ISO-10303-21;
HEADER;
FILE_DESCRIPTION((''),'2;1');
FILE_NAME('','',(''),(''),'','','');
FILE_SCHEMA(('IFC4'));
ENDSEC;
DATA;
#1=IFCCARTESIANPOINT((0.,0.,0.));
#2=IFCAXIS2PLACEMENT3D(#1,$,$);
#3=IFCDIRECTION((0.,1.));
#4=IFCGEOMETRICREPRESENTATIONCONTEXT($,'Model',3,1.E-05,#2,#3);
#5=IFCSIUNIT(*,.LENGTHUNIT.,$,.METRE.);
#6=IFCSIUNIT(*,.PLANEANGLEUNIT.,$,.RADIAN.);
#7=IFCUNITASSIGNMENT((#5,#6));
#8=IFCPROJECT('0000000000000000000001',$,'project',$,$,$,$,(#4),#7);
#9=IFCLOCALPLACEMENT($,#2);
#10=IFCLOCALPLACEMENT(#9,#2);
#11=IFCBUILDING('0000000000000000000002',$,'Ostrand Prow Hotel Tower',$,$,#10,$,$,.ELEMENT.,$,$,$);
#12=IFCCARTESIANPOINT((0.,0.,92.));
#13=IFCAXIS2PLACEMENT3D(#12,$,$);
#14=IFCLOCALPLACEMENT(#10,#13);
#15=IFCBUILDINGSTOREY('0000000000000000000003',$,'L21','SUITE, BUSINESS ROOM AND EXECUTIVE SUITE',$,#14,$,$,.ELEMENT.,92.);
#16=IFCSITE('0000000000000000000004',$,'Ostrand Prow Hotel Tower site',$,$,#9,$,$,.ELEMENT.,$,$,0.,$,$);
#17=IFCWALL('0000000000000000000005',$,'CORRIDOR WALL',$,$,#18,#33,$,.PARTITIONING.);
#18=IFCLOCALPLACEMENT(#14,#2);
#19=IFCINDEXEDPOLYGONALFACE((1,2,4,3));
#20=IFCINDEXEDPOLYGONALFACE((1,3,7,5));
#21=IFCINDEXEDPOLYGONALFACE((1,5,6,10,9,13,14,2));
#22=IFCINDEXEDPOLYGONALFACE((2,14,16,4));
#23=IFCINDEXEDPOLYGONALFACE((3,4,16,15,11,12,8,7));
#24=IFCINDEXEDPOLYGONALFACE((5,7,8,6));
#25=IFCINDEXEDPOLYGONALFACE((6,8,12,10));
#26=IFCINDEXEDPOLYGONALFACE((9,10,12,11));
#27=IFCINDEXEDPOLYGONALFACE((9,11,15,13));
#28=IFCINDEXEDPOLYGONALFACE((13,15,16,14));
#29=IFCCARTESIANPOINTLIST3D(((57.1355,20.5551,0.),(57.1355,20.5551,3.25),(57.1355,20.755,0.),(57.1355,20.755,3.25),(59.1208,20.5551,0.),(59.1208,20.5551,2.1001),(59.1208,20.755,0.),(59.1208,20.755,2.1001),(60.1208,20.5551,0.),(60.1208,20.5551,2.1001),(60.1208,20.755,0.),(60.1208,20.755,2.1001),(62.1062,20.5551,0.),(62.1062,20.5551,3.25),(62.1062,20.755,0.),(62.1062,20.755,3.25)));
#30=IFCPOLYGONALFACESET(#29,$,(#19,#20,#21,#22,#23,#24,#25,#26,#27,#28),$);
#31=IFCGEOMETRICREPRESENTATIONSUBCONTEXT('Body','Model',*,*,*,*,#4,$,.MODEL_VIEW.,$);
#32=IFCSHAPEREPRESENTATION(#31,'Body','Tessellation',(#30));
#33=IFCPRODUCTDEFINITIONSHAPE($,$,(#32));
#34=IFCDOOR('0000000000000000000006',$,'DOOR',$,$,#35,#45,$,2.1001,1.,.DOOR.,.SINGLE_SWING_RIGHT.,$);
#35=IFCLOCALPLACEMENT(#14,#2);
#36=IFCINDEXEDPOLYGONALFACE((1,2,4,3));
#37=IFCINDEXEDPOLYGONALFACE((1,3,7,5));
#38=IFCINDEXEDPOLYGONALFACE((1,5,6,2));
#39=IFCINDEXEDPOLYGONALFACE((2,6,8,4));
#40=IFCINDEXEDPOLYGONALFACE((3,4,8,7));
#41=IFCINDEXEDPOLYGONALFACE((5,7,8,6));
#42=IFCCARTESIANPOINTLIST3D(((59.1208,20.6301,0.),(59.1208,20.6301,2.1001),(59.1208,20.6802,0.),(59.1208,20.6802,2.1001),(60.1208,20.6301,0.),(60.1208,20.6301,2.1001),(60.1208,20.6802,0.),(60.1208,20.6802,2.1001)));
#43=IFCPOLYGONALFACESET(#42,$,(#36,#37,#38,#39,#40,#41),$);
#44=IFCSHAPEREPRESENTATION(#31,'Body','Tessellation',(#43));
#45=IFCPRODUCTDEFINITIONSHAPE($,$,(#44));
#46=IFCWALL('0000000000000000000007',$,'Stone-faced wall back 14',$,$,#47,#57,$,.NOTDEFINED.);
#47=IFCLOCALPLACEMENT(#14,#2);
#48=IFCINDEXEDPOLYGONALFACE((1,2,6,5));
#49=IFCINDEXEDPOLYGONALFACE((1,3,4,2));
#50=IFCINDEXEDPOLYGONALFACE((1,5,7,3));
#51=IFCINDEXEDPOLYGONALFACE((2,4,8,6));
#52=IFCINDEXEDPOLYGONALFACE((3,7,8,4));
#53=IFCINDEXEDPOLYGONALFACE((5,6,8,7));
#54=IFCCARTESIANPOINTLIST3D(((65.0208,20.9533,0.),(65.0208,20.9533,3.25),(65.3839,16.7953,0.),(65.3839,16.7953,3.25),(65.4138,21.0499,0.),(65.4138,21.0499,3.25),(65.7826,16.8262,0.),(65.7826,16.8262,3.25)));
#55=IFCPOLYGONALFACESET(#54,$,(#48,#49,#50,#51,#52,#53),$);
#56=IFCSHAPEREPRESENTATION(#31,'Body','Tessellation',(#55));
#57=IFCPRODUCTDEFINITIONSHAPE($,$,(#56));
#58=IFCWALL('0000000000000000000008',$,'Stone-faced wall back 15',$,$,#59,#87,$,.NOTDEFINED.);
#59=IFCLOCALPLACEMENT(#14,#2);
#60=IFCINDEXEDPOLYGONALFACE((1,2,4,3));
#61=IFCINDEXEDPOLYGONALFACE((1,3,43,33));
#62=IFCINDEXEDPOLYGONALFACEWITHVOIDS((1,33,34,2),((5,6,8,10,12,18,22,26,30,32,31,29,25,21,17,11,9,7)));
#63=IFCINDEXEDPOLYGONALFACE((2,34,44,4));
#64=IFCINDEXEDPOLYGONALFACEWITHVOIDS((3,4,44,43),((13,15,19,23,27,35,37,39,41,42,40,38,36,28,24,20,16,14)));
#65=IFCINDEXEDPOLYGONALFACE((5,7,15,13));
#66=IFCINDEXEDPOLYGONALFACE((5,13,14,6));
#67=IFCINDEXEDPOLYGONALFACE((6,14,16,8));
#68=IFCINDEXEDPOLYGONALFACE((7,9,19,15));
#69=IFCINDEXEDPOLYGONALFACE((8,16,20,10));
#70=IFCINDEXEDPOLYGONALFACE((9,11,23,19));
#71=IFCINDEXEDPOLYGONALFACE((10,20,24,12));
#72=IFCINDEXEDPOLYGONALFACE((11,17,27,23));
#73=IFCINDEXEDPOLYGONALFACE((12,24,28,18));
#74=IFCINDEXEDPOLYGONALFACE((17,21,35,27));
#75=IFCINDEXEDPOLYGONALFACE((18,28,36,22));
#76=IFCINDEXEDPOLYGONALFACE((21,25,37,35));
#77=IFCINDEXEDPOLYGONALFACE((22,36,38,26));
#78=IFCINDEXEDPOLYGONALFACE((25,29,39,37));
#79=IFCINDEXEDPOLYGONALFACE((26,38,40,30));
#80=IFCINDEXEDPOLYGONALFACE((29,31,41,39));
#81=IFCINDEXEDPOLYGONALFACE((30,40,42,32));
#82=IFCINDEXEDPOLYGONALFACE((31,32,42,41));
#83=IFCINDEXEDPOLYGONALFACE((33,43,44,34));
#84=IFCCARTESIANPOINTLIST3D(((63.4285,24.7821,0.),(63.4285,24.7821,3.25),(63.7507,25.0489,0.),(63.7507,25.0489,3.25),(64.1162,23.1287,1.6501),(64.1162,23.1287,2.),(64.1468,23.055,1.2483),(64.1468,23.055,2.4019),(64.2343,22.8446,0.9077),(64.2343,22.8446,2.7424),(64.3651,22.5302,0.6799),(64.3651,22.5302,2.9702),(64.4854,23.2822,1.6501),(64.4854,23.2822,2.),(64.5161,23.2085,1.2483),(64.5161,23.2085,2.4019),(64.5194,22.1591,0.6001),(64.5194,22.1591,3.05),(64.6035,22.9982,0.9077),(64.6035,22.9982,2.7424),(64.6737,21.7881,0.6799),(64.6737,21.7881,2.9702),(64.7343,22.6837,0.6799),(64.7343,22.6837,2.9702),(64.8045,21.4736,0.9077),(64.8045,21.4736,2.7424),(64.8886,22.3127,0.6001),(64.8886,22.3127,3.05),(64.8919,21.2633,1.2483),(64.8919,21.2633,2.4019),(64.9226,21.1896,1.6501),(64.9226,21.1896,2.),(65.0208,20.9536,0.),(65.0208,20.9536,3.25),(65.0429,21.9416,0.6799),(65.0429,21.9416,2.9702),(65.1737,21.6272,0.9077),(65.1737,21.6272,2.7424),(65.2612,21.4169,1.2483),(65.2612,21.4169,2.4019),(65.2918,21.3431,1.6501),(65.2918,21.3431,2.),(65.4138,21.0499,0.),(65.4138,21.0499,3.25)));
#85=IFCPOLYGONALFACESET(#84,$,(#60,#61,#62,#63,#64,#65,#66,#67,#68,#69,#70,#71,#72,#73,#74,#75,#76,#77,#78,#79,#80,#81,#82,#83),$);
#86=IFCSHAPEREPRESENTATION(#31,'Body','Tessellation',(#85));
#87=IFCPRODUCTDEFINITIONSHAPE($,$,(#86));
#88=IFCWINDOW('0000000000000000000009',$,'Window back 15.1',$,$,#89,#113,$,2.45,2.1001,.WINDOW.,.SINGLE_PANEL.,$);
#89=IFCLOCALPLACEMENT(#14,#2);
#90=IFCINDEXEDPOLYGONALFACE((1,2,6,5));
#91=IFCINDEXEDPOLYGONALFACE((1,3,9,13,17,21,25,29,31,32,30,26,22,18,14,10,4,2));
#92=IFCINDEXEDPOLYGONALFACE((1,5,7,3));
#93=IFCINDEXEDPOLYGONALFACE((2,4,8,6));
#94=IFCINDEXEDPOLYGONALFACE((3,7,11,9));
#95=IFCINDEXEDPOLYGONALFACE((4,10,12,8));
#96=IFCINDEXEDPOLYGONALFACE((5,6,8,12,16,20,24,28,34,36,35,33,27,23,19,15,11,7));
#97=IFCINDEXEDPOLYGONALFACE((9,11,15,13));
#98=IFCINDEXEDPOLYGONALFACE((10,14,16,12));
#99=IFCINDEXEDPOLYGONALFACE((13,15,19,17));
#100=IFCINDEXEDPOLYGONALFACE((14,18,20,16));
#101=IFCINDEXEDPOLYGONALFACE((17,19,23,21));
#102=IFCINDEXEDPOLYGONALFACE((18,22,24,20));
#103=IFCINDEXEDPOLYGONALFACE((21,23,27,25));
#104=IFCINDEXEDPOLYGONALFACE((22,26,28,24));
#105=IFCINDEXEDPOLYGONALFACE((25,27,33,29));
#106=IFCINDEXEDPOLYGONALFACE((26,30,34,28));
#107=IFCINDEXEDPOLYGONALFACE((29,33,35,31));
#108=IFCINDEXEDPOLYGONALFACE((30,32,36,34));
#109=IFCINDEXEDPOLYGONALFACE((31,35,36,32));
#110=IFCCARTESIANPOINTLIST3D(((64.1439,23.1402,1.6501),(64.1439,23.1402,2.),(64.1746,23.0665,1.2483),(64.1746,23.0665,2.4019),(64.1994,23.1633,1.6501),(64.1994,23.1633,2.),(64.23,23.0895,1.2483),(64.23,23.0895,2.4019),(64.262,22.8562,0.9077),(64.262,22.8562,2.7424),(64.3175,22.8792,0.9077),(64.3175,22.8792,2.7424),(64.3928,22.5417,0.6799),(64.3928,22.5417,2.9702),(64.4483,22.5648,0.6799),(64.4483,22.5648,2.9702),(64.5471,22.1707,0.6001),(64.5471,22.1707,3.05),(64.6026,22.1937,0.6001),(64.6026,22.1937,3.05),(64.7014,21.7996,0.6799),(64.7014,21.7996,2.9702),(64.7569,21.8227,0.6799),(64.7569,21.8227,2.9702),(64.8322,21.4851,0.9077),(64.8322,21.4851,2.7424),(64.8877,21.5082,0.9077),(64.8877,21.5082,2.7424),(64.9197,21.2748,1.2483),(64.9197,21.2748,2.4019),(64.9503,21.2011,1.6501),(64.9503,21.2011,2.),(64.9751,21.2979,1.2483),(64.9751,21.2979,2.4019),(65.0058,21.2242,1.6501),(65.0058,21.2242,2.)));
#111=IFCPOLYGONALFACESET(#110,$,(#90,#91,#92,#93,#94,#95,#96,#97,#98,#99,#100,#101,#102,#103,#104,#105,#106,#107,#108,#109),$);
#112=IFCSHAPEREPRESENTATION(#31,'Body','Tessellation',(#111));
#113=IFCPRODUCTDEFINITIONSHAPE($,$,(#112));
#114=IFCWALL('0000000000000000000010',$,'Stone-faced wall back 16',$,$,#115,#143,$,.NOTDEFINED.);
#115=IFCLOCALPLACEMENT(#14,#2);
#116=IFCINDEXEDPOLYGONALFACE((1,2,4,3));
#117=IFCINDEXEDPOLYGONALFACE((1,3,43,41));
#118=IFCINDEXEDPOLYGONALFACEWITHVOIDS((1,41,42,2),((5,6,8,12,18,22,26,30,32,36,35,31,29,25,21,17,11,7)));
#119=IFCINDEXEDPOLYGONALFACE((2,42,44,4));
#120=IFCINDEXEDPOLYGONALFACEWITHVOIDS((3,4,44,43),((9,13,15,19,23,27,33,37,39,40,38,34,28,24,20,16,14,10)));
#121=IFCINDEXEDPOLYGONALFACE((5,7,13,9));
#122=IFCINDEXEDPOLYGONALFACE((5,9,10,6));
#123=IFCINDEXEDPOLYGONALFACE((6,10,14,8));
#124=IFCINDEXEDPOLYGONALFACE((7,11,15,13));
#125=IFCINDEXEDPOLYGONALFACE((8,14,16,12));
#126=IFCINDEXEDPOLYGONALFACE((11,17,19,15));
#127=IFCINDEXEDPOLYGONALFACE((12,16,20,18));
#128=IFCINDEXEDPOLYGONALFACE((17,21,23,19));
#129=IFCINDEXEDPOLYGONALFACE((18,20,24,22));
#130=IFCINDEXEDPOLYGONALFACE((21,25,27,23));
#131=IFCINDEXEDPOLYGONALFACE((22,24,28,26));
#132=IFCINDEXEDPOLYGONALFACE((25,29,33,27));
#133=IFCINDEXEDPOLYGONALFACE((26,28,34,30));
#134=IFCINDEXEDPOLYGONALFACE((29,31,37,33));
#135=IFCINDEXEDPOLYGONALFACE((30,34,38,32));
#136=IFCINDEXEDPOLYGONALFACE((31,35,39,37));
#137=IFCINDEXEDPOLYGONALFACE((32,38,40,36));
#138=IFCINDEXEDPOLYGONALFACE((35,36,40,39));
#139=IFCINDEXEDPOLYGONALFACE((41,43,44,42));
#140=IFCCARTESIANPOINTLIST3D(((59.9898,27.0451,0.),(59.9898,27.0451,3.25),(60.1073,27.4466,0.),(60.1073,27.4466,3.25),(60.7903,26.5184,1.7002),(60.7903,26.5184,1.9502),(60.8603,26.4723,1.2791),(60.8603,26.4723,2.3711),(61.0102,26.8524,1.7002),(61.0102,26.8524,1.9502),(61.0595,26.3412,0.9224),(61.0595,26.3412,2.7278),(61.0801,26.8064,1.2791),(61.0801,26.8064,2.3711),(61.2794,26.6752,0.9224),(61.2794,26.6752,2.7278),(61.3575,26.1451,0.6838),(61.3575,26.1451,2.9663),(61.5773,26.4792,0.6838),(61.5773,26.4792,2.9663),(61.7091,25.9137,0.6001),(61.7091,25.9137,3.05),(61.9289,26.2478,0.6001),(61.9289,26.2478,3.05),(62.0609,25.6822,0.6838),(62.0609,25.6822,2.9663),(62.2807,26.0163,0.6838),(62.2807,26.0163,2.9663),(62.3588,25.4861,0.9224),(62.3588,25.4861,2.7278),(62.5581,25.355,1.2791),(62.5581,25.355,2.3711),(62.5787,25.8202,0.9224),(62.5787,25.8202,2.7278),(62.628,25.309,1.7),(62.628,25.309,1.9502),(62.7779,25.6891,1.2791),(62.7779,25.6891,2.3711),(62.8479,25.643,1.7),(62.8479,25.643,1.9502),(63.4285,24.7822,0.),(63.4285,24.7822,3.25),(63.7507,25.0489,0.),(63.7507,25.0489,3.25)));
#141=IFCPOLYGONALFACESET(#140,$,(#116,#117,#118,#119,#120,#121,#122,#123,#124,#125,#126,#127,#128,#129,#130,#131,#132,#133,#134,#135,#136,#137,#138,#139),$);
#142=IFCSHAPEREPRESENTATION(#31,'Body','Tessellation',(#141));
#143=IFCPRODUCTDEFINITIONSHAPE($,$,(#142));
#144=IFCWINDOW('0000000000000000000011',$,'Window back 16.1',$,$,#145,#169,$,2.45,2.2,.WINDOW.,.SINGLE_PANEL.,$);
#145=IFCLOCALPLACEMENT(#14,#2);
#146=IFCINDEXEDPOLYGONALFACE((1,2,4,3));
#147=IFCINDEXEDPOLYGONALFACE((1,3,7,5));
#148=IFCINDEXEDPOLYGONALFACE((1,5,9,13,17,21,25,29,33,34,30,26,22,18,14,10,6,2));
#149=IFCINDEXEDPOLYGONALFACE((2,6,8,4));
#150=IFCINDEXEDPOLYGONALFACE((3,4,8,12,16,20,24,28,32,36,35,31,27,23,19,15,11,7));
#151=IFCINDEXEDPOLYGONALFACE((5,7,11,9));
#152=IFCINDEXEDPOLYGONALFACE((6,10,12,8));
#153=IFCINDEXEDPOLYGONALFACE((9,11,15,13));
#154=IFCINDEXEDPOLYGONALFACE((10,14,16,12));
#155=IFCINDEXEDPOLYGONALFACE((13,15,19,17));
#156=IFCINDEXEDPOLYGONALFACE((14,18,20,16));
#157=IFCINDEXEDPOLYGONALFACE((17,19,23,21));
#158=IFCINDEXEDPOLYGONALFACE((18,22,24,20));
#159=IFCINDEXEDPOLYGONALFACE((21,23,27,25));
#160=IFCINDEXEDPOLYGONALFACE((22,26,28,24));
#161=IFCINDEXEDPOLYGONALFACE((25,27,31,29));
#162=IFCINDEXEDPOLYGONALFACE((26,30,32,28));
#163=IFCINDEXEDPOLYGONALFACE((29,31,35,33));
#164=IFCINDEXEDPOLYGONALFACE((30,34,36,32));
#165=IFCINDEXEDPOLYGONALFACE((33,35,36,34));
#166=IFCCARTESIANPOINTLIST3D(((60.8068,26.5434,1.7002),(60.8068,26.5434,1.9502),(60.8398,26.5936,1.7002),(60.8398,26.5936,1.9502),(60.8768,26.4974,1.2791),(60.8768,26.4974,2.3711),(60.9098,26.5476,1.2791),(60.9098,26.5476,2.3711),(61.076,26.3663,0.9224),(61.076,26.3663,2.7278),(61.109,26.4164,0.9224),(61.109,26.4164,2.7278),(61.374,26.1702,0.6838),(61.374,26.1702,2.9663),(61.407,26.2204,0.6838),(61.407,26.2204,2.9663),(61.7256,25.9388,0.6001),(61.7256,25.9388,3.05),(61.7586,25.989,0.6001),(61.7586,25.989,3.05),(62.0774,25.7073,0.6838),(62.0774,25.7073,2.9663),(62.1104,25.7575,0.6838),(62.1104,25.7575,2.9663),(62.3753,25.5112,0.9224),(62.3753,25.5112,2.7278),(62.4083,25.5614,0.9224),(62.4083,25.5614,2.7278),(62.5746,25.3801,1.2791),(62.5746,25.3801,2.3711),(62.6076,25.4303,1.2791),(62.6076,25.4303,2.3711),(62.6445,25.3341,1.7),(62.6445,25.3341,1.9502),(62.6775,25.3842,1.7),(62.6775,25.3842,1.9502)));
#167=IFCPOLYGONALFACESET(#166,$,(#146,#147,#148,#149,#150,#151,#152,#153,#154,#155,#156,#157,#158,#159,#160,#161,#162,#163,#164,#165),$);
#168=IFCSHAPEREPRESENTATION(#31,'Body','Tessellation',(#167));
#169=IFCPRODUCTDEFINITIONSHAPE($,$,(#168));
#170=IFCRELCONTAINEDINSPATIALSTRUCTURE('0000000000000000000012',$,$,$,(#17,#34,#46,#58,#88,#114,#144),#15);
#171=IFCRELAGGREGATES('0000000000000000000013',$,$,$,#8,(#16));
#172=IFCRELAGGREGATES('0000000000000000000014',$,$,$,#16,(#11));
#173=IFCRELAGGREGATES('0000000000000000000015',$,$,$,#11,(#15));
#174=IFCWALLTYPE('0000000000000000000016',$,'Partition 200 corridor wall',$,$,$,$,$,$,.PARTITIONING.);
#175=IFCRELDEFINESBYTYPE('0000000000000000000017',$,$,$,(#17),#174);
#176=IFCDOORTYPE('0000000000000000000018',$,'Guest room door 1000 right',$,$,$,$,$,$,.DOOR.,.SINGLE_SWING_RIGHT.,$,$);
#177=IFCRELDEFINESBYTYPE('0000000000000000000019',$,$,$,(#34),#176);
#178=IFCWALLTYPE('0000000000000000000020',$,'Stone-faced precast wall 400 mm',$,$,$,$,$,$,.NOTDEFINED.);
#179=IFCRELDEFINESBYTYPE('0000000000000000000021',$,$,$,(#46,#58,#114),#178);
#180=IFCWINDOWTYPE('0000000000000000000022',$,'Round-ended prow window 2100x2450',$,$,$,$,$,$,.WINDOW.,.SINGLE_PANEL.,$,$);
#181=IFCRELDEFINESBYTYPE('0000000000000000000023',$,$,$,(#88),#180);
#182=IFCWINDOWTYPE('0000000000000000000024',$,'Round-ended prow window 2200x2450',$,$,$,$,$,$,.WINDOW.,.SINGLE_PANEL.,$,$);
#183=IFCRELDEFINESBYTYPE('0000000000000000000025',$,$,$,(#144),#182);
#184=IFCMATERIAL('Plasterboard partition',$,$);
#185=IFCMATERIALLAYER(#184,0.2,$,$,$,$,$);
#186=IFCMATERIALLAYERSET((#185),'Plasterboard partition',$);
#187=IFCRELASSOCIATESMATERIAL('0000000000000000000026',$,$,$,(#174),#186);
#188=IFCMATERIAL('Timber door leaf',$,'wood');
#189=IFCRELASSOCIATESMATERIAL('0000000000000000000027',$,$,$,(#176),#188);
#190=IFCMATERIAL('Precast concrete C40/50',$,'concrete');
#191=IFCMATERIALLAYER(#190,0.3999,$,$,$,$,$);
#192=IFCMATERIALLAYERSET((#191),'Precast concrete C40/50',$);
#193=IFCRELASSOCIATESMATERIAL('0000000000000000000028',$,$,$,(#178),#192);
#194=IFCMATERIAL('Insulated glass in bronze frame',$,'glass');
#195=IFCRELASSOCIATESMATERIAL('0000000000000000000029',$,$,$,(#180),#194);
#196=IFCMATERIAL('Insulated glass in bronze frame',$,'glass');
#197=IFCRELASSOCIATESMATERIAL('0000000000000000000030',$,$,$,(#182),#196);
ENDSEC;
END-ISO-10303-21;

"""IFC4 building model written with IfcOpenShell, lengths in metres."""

from ifc_helpers import new_model, si_unit, direction, frame, frame_2d, origin, place, context, subcontext, project, spatial, polyline, rectangle, outline, extrude, material, layer, layer_set, type_object, element, fill, save


model = new_model("IFC4")

# Units and contexts
model_context = context("Model", 3, precision=1e-05, world=origin(), true_north=direction((0.0, 1.0)))
body_context = subcontext(model_context, "Body", "Model", "MODEL_VIEW")
ifc_project = project(units=[si_unit("LENGTHUNIT", "METRE"), si_unit("PLANEANGLEUNIT", "RADIAN")], contexts=[model_context])

# Site, building, storey
site_placement = place(None, origin())
site = spatial("IfcSite", under=ifc_project, at=site_placement, Name="Ostrand Prow Hotel Tower site", CompositionType="ELEMENT", RefElevation=0.0)
building_placement = place(site_placement, origin())
building = spatial("IfcBuilding", under=site, at=building_placement, Name="Ostrand Prow Hotel Tower", CompositionType="ELEMENT")
storey_placement = place(building_placement, frame((0.0, 0.0, 92.0)))
storey = spatial("IfcBuildingStorey", under=building, at=storey_placement, Name="L21", Description="SUITE, BUSINESS ROOM AND EXECUTIVE SUITE", CompositionType="ELEMENT", Elevation=92.0)

# Wall, opening, door
ifc_material_1 = material(Name="Plasterboard partition")
ifc_layer_1 = layer(ifc_material_1, 0.2)
ifc_layer_set_1 = layer_set([ifc_layer_1], Name="Plasterboard partition")
wall_type_1 = type_object("IfcWallType", Name="Partition 200 corridor wall", PredefinedType="PARTITIONING", material=ifc_layer_set_1)
wall_1_placement = place(storey_placement, frame((62.1062, 20.655, 0.0), z_axis=(0.0, 0.0, 1.0), x_axis=(-1.0, 0.0, 0.0)))
wall_1 = element("IfcWall", 1, at=wall_1_placement, inside=storey, type_object=wall_type_1, Name="CORRIDOR WALL", PredefinedType="PARTITIONING", context=body_context, shape_type="SweptSolid", body=[
    extrude(rectangle(XDim=4.9707, YDim=0.2, at=frame_2d((2.4854, 0.0))), origin(), (0.0, 0.0, 1.0), 3.25),
])
opening_1_placement = place(wall_1_placement, frame((1.9854, 0.0, 0.0)))
opening_1 = element("IfcOpeningElement", 2, at=opening_1_placement, cuts=wall_1, PredefinedType="OPENING", context=body_context, shape_type="SweptSolid", body=[
    extrude(rectangle(XDim=1.0, YDim=2.1001, at=frame_2d((0.5, 1.05))), frame((0.0, 0.1099, 0.0), z_axis=(0.0, -1.0, 0.0), x_axis=(1.0, 0.0, 0.0)), (0.0, 0.0, 1.0), 0.22),
])
ifc_material_2 = material(Name="Timber door leaf", Category="wood")
door_type_1 = type_object("IfcDoorType", Name="Guest room door 1000 right", OperationType="SINGLE_SWING_RIGHT", PredefinedType="DOOR", material=ifc_material_2)
door_1_placement = place(opening_1_placement, origin())
door_1 = element("IfcDoor", 3, at=door_1_placement, inside=storey, type_object=door_type_1, Name="DOOR", OperationType="SINGLE_SWING_RIGHT", OverallHeight=2.1001, OverallWidth=1.0, PredefinedType="DOOR", context=body_context, shape_type="SweptSolid", body=[
    extrude(rectangle(XDim=1.0, YDim=2.1001, at=frame_2d((0.5, 1.05))), frame((0.0, 0.0249, 0.0), z_axis=(0.0, -1.0, 0.0), x_axis=(1.0, 0.0, 0.0)), (0.0, 0.0, 1.0), 0.05),
])
fill(opening_1, door_1)

# Wall
ifc_material_3 = material(Name="Precast concrete C40/50", Category="concrete")
ifc_layer_2 = layer(ifc_material_3, 0.3999)
ifc_layer_set_2 = layer_set([ifc_layer_2], Name="Precast concrete C40/50")
wall_type_2 = type_object("IfcWallType", Name="Stone-faced precast wall 400 mm", PredefinedType="NOTDEFINED", material=ifc_layer_set_2)
wall_2_placement = place(storey_placement, frame((65.5833, 16.8108, 0.0), z_axis=(0.0, 0.0, 1.0), x_axis=(-0.086993, 0.996209, 0.0)))
element("IfcWall", 4, at=wall_2_placement, inside=storey, type_object=wall_type_2, Name="Stone-faced wall back 14", PredefinedType="NOTDEFINED", context=body_context, shape_type="SweptSolid", body=[
    extrude(outline(polyline([(-0.002, -0.2), (4.2378, -0.2), (4.1758, 0.2), (0.002, 0.2), (-0.002, -0.2)])), origin(), (0.0, 0.0, 1.0), 3.25),
])

# Walls, openings, windows
wall_3_placement = place(storey_placement, frame((65.2173, 21.0017, 0.0), z_axis=(0.0, 0.0, 1.0), x_axis=(-0.383998, 0.923334, 0.0)))
wall_3 = element("IfcWall", 5, at=wall_3_placement, inside=storey, type_object=wall_type_2, Name="Stone-faced wall back 15", PredefinedType="NOTDEFINED", context=body_context, shape_type="SweptSolid", body=[
    extrude(outline(polyline([(-0.031, -0.2), (4.3, -0.2), (4.1775, 0.2), (0.031, 0.2), (-0.031, -0.2)])), origin(), (0.0, 0.0, 1.0), 3.25),
])
opening_2_placement = place(wall_3_placement, frame((0.2866, 0.0, 0.6001)))
opening_2 = element("IfcOpeningElement", 6, at=opening_2_placement, cuts=wall_3, PredefinedType="OPENING", context=body_context, shape_type="SweptSolid", body=[
    extrude(outline(polyline([(0.0, 1.3999), (0.0798, 1.8018), (0.3076, 2.1423), (0.6482, 2.3701), (1.05, 2.45), (1.4519, 2.3701), (1.7925, 2.1423), (2.0203, 1.8018), (2.1001, 1.3999), (2.1001, 1.05), (2.0203, 0.6482), (1.7925, 0.3076), (1.4519, 0.0798), (1.05, 0.0), (0.6482, 0.0798), (0.3076, 0.3076), (0.0798, 0.6482), (0.0, 1.05), (0.0, 1.3999)])), frame((0.0, 0.21, 0.0), z_axis=(0.0, -1.0, 0.0), x_axis=(1.0, 0.0, 0.0)), (0.0, 0.0, 1.0), 0.4199),
])
ifc_material_4 = material(Name="Insulated glass in bronze frame", Category="glass")
window_type_1 = type_object("IfcWindowType", Name="Round-ended prow window 2100x2450", PartitioningType="SINGLE_PANEL", PredefinedType="WINDOW", material=ifc_material_4)
window_1_placement = place(opening_2_placement, origin())
window_1 = element("IfcWindow", 7, at=window_1_placement, inside=storey, type_object=window_type_1, Name="Window back 15.1", OverallHeight=2.45, OverallWidth=2.1001, PartitioningType="SINGLE_PANEL", PredefinedType="WINDOW", context=body_context, shape_type="SweptSolid", body=[
    extrude(outline(polyline([(0.0, 1.3999), (0.0798, 1.8018), (0.3076, 2.1423), (0.6482, 2.3701), (1.05, 2.45), (1.4519, 2.3701), (1.7925, 2.1423), (2.0203, 1.8018), (2.1001, 1.3999), (2.1001, 1.05), (2.0203, 0.6482), (1.7925, 0.3076), (1.4519, 0.0798), (1.05, 0.0), (0.6482, 0.0798), (0.3076, 0.3076), (0.0798, 0.6482), (0.0, 1.05), (0.0, 1.3999)])), frame((0.0, 0.1699, 0.0), z_axis=(0.0, -1.0, 0.0), x_axis=(1.0, 0.0, 0.0)), (0.0, 0.0, 1.0), 0.0601),
])
fill(opening_2, window_1)
wall_4_placement = place(storey_placement, frame((63.5896, 24.9155, 0.0), z_axis=(0.0, 0.0, 1.0), x_axis=(-0.835341, 0.549733, 0.0)))
wall_4 = element("IfcWall", 8, at=wall_4_placement, inside=storey, type_object=wall_type_2, Name="Stone-faced wall back 16", PredefinedType="NOTDEFINED", context=body_context, shape_type="SweptSolid", body=[
    extrude(outline(polyline([(-0.0613, -0.2), (4.3003, -0.2), (4.1777, 0.2), (0.0613, 0.2), (-0.0613, -0.2)])), origin(), (0.0, 0.0, 1.0), 3.25),
])
opening_3_placement = place(wall_4_placement, frame((1.0195, 0.0, 0.6001)))
opening_3 = element("IfcOpeningElement", 9, at=opening_3_placement, cuts=wall_4, PredefinedType="OPENING", context=body_context, shape_type="SweptSolid", body=[
    extrude(outline(polyline([(0.0, 1.3501), (0.0837, 1.771), (0.3223, 2.1277), (0.679, 2.3662), (1.1001, 2.45), (1.521, 2.3662), (1.8777, 2.1277), (2.1162, 1.771), (2.2, 1.3501), (2.2, 1.1001), (2.1162, 0.679), (1.8777, 0.3223), (1.521, 0.0837), (1.1001, 0.0), (0.679, 0.0837), (0.3223, 0.3223), (0.0837, 0.679), (0.0, 1.0999), (0.0, 1.3501)])), frame((0.0, 0.21, 0.0), z_axis=(0.0, -1.0, 0.0), x_axis=(1.0, 0.0, 0.0)), (0.0, 0.0, 1.0), 0.4199),
])
ifc_material_5 = material(Name="Insulated glass in bronze frame", Category="glass")
window_type_2 = type_object("IfcWindowType", Name="Round-ended prow window 2200x2450", PartitioningType="SINGLE_PANEL", PredefinedType="WINDOW", material=ifc_material_5)
window_2_placement = place(opening_3_placement, origin())
window_2 = element("IfcWindow", 10, at=window_2_placement, inside=storey, type_object=window_type_2, Name="Window back 16.1", OverallHeight=2.45, OverallWidth=2.2, PartitioningType="SINGLE_PANEL", PredefinedType="WINDOW", context=body_context, shape_type="SweptSolid", body=[
    extrude(outline(polyline([(0.0, 1.3501), (0.0837, 1.771), (0.3223, 2.1277), (0.679, 2.3662), (1.1001, 2.45), (1.521, 2.3662), (1.8777, 2.1277), (2.1162, 1.771), (2.2, 1.3501), (2.2, 1.1001), (2.1162, 0.679), (1.8777, 0.3223), (1.521, 0.0837), (1.1001, 0.0), (0.679, 0.0837), (0.3223, 0.3223), (0.0837, 0.679), (0.0, 1.0999), (0.0, 1.3501)])), frame((0.0, 0.1699, 0.0), z_axis=(0.0, -1.0, 0.0), x_axis=(1.0, 0.0, 0.0)), (0.0, 0.0, 1.0), 0.0601),
])
fill(opening_3, window_2)

save(model, "model.ifc")
